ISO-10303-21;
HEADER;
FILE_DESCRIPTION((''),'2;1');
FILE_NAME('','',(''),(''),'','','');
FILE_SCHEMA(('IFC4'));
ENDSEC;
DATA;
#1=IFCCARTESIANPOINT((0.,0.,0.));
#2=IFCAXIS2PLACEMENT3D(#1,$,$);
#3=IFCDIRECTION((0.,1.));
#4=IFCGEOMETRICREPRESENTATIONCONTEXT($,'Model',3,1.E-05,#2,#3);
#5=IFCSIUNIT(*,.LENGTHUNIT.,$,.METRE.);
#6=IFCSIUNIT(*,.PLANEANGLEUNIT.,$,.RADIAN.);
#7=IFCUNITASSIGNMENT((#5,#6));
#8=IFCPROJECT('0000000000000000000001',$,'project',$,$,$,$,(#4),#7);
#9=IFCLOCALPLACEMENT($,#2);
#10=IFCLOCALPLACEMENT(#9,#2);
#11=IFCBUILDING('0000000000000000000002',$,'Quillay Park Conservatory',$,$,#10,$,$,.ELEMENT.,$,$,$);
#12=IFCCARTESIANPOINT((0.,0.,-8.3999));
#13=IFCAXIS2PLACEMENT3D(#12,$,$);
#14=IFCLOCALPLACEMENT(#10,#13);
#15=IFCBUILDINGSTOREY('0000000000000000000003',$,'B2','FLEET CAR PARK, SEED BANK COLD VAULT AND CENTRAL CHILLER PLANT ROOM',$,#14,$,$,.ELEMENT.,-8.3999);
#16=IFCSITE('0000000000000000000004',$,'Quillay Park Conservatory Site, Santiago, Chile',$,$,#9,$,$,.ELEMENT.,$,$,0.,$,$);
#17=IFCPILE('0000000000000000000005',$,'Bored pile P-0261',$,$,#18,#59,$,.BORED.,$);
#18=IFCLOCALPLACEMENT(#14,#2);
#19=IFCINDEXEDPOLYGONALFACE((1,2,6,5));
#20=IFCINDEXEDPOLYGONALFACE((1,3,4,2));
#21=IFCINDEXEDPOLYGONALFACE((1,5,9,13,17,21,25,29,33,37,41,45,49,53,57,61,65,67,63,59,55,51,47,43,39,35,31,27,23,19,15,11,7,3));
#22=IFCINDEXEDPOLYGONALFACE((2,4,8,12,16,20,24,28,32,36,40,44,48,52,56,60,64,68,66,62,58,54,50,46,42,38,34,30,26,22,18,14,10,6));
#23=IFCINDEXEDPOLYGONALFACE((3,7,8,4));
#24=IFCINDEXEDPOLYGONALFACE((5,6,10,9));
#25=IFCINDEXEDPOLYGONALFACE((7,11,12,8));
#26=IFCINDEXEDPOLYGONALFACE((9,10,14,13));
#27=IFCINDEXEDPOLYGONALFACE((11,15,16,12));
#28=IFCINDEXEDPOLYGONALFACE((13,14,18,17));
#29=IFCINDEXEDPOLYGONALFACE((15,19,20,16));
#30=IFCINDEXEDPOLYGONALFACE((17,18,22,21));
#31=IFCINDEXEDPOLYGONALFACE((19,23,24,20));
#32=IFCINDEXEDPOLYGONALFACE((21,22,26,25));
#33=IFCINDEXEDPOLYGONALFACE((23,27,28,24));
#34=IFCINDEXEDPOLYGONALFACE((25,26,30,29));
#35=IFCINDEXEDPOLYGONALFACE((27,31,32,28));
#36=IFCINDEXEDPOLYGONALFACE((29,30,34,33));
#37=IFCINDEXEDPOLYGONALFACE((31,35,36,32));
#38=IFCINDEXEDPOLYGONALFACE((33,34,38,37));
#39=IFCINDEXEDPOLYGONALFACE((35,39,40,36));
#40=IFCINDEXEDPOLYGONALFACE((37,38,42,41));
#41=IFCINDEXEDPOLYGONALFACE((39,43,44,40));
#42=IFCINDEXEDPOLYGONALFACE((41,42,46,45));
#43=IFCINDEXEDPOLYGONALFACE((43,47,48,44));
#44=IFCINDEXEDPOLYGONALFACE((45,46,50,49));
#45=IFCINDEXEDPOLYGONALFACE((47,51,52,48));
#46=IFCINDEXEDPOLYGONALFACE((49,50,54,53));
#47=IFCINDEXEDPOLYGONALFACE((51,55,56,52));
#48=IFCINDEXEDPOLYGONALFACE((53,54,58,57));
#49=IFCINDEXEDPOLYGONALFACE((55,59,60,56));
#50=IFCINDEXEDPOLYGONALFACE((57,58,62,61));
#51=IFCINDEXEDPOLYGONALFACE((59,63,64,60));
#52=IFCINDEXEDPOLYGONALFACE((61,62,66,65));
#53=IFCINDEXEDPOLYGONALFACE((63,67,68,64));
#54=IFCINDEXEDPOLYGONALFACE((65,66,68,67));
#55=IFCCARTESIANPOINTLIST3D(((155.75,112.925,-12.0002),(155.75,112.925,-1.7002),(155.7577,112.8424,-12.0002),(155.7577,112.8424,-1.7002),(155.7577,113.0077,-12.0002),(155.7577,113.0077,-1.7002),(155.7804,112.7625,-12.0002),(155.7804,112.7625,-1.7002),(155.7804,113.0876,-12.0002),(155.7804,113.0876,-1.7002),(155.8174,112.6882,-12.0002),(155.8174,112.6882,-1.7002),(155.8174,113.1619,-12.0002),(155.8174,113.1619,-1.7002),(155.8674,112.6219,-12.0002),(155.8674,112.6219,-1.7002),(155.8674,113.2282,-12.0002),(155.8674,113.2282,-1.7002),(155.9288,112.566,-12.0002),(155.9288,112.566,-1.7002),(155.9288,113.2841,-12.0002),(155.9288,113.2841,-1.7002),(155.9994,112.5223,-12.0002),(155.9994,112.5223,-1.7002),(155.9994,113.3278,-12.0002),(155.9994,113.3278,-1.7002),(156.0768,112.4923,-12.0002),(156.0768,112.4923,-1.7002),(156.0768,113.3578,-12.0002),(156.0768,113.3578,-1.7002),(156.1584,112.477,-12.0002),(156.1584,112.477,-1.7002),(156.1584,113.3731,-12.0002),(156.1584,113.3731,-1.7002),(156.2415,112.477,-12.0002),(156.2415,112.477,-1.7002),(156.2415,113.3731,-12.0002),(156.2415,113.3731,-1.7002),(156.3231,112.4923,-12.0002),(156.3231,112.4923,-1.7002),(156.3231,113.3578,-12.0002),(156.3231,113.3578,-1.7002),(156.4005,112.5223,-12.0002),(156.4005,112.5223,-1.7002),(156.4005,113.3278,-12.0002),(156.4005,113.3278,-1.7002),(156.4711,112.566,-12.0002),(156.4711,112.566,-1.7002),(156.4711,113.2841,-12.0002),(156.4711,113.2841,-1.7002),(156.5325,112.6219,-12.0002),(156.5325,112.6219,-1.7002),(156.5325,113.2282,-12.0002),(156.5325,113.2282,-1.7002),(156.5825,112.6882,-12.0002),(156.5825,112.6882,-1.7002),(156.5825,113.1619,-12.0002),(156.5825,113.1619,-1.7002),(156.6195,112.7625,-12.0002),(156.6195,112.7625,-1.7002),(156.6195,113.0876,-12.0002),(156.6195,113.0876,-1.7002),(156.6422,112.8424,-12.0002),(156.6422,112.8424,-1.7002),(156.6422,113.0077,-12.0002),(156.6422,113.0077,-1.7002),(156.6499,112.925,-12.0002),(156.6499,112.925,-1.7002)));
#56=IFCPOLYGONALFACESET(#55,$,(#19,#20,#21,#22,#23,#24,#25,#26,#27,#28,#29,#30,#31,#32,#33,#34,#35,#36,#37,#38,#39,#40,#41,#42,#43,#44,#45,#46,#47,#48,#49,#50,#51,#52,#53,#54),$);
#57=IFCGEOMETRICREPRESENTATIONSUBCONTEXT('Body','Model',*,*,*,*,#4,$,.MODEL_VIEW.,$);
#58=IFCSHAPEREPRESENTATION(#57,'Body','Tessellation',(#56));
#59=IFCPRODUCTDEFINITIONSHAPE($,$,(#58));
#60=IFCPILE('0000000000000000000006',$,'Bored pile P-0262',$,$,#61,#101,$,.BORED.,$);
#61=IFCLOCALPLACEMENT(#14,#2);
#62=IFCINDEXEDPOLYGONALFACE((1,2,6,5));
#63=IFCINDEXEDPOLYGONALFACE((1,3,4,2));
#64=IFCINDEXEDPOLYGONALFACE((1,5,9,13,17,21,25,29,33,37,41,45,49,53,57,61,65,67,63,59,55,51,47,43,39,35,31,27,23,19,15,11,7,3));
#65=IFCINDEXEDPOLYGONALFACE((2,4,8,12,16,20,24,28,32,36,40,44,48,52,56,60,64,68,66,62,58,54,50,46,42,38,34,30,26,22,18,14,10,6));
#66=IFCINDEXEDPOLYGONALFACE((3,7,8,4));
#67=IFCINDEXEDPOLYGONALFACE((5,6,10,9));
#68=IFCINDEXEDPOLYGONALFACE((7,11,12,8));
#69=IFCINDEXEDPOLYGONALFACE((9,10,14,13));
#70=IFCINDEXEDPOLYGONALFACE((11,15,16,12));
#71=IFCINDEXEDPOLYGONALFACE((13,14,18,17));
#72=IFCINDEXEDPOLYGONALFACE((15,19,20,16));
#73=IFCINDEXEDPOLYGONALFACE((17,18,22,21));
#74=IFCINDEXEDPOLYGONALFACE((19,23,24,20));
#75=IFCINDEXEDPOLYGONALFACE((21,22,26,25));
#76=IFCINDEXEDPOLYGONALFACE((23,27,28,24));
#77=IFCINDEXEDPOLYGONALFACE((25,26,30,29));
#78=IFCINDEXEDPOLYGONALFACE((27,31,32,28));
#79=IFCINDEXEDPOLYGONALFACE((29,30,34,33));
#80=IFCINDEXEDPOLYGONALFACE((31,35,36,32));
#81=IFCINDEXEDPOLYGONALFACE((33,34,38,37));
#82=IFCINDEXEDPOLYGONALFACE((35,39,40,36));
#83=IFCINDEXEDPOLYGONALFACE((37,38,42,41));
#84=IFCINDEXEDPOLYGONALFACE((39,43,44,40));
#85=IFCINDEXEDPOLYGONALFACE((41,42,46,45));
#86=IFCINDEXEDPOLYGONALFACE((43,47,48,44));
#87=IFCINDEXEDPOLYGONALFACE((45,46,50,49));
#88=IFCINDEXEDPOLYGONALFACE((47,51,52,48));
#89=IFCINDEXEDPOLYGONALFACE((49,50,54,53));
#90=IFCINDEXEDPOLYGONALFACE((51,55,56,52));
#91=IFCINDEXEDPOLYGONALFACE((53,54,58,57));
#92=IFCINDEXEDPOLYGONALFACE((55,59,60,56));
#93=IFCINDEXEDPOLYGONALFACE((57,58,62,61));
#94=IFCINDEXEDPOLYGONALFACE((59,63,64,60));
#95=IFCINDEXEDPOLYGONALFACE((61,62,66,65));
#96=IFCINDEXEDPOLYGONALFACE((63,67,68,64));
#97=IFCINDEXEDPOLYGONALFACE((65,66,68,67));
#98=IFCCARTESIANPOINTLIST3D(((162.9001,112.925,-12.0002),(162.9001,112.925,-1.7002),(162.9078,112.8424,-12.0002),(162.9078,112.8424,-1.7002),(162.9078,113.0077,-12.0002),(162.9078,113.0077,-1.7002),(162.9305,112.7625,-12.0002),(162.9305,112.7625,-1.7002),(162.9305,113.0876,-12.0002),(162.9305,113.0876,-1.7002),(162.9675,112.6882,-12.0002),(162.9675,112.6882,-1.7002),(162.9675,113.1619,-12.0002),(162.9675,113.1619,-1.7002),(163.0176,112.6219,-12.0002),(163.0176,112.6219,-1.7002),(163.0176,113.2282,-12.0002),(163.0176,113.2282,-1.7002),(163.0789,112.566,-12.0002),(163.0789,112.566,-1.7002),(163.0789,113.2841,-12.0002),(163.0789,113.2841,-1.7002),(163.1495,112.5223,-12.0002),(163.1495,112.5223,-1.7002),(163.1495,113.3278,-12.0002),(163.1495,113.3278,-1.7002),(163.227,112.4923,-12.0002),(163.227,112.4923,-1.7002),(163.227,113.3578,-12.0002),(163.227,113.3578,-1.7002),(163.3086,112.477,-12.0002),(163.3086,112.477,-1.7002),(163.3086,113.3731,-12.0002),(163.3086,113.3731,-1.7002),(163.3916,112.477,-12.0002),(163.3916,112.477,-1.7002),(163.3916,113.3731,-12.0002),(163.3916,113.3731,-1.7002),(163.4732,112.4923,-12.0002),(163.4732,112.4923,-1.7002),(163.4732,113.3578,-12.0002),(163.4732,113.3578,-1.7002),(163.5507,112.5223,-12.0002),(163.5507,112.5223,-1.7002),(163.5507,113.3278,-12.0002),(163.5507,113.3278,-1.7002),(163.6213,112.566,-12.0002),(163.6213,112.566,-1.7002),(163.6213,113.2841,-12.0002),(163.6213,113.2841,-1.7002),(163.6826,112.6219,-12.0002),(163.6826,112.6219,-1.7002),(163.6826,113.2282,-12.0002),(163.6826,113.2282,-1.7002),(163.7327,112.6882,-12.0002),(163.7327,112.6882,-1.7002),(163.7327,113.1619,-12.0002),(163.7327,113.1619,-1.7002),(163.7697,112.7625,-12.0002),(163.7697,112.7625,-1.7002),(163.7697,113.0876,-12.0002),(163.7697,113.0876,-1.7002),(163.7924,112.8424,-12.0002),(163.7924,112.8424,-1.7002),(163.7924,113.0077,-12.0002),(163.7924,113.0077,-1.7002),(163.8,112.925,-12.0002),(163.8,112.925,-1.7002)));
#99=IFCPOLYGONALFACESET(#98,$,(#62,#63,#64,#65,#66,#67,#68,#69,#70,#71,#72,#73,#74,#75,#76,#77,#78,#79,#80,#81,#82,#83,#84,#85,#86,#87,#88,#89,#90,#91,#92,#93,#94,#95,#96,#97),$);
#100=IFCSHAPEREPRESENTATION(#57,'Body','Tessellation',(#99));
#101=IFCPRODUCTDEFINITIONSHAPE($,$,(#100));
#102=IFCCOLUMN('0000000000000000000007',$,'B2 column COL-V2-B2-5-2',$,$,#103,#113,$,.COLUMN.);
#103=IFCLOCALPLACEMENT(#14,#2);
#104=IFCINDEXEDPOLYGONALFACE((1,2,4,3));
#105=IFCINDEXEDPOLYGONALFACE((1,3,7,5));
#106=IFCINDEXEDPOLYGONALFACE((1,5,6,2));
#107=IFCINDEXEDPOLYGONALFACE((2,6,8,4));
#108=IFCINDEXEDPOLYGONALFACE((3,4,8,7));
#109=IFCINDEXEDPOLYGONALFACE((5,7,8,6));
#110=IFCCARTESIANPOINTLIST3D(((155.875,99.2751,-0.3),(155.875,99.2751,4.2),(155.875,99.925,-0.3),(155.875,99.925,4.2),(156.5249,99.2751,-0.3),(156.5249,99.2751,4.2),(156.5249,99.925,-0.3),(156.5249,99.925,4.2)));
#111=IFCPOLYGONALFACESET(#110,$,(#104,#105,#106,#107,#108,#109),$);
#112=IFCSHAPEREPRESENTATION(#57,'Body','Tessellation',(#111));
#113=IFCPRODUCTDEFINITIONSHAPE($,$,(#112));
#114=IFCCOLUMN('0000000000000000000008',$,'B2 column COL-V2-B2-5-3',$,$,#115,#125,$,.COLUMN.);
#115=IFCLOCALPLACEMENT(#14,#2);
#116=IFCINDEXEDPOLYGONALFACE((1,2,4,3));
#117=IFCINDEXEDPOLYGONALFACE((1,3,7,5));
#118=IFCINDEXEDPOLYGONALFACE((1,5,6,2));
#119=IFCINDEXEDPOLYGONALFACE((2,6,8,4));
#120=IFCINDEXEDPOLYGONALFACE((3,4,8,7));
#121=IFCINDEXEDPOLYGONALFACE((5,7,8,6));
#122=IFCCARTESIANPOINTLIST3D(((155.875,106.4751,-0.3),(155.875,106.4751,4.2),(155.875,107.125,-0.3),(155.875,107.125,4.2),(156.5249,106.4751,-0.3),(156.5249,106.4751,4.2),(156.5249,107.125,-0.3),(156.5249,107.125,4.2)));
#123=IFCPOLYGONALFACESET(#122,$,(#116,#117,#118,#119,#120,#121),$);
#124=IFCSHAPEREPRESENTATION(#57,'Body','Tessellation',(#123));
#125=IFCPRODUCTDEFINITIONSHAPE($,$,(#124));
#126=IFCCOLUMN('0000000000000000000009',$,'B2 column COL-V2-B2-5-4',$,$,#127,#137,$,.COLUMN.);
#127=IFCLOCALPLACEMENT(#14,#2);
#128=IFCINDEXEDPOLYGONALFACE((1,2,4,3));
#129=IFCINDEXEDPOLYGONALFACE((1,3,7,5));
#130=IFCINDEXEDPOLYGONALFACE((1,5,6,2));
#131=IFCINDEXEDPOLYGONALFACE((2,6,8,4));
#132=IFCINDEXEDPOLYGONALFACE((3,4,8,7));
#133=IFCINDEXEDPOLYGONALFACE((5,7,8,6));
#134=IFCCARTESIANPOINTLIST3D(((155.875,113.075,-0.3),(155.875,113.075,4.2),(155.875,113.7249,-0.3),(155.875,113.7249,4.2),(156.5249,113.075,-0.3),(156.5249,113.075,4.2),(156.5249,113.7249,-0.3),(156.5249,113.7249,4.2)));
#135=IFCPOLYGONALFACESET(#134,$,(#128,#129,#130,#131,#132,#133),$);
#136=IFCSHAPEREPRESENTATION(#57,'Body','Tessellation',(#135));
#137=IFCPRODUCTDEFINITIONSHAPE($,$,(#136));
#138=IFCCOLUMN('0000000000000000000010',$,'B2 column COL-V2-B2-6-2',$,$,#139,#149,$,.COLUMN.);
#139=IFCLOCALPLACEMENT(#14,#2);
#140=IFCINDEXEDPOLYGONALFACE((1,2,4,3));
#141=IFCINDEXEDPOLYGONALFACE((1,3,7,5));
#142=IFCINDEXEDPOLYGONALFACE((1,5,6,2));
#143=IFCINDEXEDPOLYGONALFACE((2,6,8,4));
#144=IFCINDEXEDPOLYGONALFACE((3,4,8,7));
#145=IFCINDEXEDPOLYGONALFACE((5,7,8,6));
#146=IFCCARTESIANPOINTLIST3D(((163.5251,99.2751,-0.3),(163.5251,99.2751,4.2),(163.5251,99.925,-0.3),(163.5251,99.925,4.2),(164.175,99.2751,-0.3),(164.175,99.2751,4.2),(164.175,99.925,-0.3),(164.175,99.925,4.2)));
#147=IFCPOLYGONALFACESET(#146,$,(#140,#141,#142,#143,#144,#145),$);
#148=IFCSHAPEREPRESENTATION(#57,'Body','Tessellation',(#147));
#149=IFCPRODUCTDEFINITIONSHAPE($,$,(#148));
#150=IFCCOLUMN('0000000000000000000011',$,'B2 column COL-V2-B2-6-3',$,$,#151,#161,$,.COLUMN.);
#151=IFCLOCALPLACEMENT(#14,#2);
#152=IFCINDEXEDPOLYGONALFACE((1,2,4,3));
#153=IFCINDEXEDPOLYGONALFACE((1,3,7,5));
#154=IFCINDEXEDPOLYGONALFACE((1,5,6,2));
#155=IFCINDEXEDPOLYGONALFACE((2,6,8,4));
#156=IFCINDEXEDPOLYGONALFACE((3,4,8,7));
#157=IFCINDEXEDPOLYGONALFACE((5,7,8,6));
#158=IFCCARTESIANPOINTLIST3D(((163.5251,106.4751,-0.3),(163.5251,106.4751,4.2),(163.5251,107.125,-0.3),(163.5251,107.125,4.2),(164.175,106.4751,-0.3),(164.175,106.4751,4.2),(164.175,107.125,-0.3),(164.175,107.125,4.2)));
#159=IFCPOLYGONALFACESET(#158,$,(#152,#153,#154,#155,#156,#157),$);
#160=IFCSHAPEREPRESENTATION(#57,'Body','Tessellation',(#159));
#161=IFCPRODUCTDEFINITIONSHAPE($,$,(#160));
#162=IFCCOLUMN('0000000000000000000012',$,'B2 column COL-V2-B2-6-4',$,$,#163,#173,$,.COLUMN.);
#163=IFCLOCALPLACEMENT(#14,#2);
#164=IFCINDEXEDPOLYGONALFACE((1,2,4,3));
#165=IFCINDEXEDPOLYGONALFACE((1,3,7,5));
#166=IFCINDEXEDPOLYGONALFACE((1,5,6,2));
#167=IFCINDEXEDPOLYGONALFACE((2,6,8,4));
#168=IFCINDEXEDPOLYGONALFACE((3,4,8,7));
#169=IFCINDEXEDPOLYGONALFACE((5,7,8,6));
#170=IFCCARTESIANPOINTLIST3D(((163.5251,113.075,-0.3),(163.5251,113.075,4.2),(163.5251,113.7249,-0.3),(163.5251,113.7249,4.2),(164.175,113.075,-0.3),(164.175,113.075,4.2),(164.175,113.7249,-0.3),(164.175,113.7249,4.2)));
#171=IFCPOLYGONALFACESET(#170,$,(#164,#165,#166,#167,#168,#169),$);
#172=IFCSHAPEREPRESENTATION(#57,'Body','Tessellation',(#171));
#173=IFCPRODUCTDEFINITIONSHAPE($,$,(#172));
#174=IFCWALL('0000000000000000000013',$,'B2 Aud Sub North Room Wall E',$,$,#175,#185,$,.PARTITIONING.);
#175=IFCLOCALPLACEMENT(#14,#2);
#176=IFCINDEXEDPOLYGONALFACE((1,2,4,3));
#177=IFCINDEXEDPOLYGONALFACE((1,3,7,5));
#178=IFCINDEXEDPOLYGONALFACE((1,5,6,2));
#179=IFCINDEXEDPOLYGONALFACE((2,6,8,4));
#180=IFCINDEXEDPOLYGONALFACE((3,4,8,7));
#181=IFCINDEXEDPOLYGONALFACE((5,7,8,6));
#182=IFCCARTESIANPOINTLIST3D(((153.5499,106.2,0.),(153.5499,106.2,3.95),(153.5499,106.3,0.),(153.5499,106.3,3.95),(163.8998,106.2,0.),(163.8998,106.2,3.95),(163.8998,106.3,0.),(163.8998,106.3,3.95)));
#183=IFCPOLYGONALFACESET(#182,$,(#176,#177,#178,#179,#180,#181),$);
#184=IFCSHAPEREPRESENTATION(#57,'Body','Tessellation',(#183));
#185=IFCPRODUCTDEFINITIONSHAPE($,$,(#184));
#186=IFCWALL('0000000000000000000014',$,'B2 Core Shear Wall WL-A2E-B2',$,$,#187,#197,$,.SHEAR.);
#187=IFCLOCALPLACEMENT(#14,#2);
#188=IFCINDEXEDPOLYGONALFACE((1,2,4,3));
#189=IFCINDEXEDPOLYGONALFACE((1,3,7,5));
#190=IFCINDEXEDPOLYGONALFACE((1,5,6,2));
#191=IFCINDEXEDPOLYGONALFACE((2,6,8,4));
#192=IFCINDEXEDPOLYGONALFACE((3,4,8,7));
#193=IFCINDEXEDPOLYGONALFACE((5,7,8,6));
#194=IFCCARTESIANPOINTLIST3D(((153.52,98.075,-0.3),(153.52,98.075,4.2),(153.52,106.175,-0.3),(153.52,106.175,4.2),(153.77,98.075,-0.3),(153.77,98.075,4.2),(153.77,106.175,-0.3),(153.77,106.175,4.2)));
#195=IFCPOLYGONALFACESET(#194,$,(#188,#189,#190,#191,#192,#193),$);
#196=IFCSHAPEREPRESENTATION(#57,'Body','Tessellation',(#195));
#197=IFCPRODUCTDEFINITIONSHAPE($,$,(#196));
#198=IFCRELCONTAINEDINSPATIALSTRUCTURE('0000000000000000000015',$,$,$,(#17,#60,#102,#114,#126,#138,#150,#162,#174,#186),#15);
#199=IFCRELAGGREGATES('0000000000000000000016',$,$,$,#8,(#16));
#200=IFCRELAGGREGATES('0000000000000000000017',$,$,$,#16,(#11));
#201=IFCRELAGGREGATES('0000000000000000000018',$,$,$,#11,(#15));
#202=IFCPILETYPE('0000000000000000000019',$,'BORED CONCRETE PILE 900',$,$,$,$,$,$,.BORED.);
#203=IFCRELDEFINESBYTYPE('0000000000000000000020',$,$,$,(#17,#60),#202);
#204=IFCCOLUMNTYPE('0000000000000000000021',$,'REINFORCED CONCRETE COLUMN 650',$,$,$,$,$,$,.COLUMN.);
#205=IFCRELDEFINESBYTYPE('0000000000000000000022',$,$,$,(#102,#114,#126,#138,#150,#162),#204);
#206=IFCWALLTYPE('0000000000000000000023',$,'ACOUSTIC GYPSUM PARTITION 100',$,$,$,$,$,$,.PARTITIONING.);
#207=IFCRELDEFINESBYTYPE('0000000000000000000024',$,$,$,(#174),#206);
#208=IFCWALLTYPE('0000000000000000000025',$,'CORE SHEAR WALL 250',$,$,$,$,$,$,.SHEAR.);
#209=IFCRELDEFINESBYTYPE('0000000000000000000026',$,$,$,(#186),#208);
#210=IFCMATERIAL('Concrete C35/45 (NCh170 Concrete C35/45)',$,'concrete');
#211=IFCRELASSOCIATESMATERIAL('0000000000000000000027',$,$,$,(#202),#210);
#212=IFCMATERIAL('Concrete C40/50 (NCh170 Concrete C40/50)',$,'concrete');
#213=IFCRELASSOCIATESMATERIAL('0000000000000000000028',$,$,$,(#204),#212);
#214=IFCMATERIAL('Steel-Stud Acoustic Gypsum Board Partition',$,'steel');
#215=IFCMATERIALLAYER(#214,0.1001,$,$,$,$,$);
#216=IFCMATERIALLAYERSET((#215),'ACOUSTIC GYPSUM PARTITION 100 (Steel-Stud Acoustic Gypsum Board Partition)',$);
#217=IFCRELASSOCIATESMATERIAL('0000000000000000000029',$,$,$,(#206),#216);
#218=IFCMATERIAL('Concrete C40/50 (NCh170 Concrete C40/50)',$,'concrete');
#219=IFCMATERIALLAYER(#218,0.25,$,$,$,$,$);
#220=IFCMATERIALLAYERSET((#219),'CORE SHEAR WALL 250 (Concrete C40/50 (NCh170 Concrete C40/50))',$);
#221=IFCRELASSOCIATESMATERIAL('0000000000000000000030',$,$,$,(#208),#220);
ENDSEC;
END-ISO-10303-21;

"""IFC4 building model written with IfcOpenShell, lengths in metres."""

from ifc_helpers import new_model, si_unit, direction, frame, frame_2d, origin, origin_2d, place, context, subcontext, project, spatial, rectangle, circle, extrude, material, layer, layer_set, material_profile, profile_set, type_object, element, save


model = new_model("IFC4")

# Units and contexts
model_context = context("Model", 3, precision=1e-05, world=origin(), true_north=direction((0.0, 1.0)))
body_context = subcontext(model_context, "Body", "Model", "MODEL_VIEW")
ifc_project = project(units=[si_unit("LENGTHUNIT", "METRE"), si_unit("PLANEANGLEUNIT", "RADIAN")], contexts=[model_context])

# Site, building, storey
site_placement = place(None, origin())
site = spatial("IfcSite", under=ifc_project, at=site_placement, Name="Quillay Park Conservatory Site, Santiago, Chile", CompositionType="ELEMENT", RefElevation=0.0)
building_placement = place(site_placement, origin())
building = spatial("IfcBuilding", under=site, at=building_placement, Name="Quillay Park Conservatory", CompositionType="ELEMENT")
storey_placement = place(building_placement, frame((0.0, 0.0, -8.3999)))
storey = spatial("IfcBuildingStorey", under=building, at=storey_placement, Name="B2", Description="FLEET CAR PARK, SEED BANK COLD VAULT AND CENTRAL CHILLER PLANT ROOM", CompositionType="ELEMENT", Elevation=-8.3999)

# Piles
ifc_material_1 = material(Name="Concrete C35/45 (NCh170 Concrete C35/45)", Category="concrete")
ifc_material_profile_1 = material_profile(ifc_material_1, circle(Radius=0.45, at=origin_2d()), Name="PILE900")
ifc_profile_set_1 = profile_set([ifc_material_profile_1], Name="Concrete C35/45 (NCh170 Concrete C35/45)")
pile_type = type_object("IfcPileType", Name="BORED CONCRETE PILE 900", PredefinedType="BORED", material=ifc_profile_set_1)
for number, where, z_axis, x_axis, name in (
    (1, (156.2, 112.925, -1.7002), (0.0, 0.0, -1.0), (1.0, 0.0, 0.0), "Bored pile P-0261"),
    (2, (163.3501, 112.925, -1.7002), (0.0, 0.0, -1.0), (1.0, 0.0, 0.0), "Bored pile P-0262"),
):
    element("IfcPile", number, at=place(storey_placement, frame(where, z_axis=z_axis, x_axis=x_axis)), inside=storey, type_object=pile_type, Name=name, PredefinedType="BORED", context=body_context, shape_type="SweptSolid", body=[
        extrude(circle(Radius=0.45, at=origin_2d()), origin(), (0.0, 0.0, 1.0), 10.3),
    ])

# Columns
ifc_material_2 = material(Name="Concrete C40/50 (NCh170 Concrete C40/50)", Category="concrete")
ifc_material_profile_2 = material_profile(ifc_material_2, rectangle(XDim=0.6499, YDim=0.6499, at=origin_2d()), Name="RC650x650")
ifc_profile_set_2 = profile_set([ifc_material_profile_2], Name="Concrete C40/50 (NCh170 Concrete C40/50)")
column_type = type_object("IfcColumnType", Name="REINFORCED CONCRETE COLUMN 650", PredefinedType="COLUMN", material=ifc_profile_set_2)
for number, where, z_axis, x_axis, name in (
    (3, (156.2, 99.6001, -0.3), (0.0, 0.0, 1.0), (1.0, 0.0, 0.0), "B2 column COL-V2-B2-5-2"),
    (4, (156.2, 106.8, -0.3), (0.0, 0.0, 1.0), (1.0, 0.0, 0.0), "B2 column COL-V2-B2-5-3"),
    (5, (156.2, 113.3999, -0.3), (0.0, 0.0, 1.0), (1.0, 0.0, 0.0), "B2 column COL-V2-B2-5-4"),
    (6, (163.8501, 99.6001, -0.3), (0.0, 0.0, 1.0), (1.0, 0.0, 0.0), "B2 column COL-V2-B2-6-2"),
    (7, (163.8501, 106.8, -0.3), (0.0, 0.0, 1.0), (1.0, 0.0, 0.0), "B2 column COL-V2-B2-6-3"),
    (8, (163.8501, 113.3999, -0.3), (0.0, 0.0, 1.0), (1.0, 0.0, 0.0), "B2 column COL-V2-B2-6-4"),
):
    element("IfcColumn", number, at=place(storey_placement, frame(where, z_axis=z_axis, x_axis=x_axis)), inside=storey, type_object=column_type, Name=name, PredefinedType="COLUMN", context=body_context, shape_type="SweptSolid", body=[
        extrude(rectangle(XDim=0.6499, YDim=0.6499, at=origin_2d()), origin(), (0.0, 0.0, 1.0), 4.5),
    ])

# Walls
ifc_material_3 = material(Name="Steel-Stud Acoustic Gypsum Board Partition", Category="steel")
ifc_layer_1 = layer(ifc_material_3, 0.1001)
ifc_layer_set_1 = layer_set([ifc_layer_1], Name="ACOUSTIC GYPSUM PARTITION 100 (Steel-Stud Acoustic Gypsum Board Partition)")
wall_type_1 = type_object("IfcWallType", Name="ACOUSTIC GYPSUM PARTITION 100", PredefinedType="PARTITIONING", material=ifc_layer_set_1)
wall_1_placement = place(storey_placement, frame((153.55, 106.25, 0.0), z_axis=(0.0, 0.0, 1.0), x_axis=(1.0, 0.0, 0.0)))
element("IfcWall", 9, at=wall_1_placement, inside=storey, type_object=wall_type_1, Name="B2 Aud Sub North Room Wall E", PredefinedType="PARTITIONING", context=body_context, shape_type="SweptSolid", body=[
    extrude(rectangle(XDim=10.3499, YDim=0.1001, at=frame_2d((5.1748, 0.0))), origin(), (0.0, 0.0, 1.0), 3.95),
])
ifc_material_4 = material(Name="Concrete C40/50 (NCh170 Concrete C40/50)", Category="concrete")
ifc_layer_2 = layer(ifc_material_4, 0.25)
ifc_layer_set_2 = layer_set([ifc_layer_2], Name="CORE SHEAR WALL 250 (Concrete C40/50 (NCh170 Concrete C40/50))")
wall_type_2 = type_object("IfcWallType", Name="CORE SHEAR WALL 250", PredefinedType="SHEAR", material=ifc_layer_set_2)
wall_2_placement = place(storey_placement, frame((153.645, 98.075, -0.3), z_axis=(0.0, 0.0, 1.0), x_axis=(0.0, 1.0, 0.0)))
element("IfcWall", 10, at=wall_2_placement, inside=storey, type_object=wall_type_2, Name="B2 Core Shear Wall WL-A2E-B2", PredefinedType="SHEAR", context=body_context, shape_type="SweptSolid", body=[
    extrude(rectangle(XDim=8.1001, YDim=0.25, at=frame_2d((4.05, 0.0))), origin(), (0.0, 0.0, 1.0), 4.5),
])

save(model, "model.ifc")
